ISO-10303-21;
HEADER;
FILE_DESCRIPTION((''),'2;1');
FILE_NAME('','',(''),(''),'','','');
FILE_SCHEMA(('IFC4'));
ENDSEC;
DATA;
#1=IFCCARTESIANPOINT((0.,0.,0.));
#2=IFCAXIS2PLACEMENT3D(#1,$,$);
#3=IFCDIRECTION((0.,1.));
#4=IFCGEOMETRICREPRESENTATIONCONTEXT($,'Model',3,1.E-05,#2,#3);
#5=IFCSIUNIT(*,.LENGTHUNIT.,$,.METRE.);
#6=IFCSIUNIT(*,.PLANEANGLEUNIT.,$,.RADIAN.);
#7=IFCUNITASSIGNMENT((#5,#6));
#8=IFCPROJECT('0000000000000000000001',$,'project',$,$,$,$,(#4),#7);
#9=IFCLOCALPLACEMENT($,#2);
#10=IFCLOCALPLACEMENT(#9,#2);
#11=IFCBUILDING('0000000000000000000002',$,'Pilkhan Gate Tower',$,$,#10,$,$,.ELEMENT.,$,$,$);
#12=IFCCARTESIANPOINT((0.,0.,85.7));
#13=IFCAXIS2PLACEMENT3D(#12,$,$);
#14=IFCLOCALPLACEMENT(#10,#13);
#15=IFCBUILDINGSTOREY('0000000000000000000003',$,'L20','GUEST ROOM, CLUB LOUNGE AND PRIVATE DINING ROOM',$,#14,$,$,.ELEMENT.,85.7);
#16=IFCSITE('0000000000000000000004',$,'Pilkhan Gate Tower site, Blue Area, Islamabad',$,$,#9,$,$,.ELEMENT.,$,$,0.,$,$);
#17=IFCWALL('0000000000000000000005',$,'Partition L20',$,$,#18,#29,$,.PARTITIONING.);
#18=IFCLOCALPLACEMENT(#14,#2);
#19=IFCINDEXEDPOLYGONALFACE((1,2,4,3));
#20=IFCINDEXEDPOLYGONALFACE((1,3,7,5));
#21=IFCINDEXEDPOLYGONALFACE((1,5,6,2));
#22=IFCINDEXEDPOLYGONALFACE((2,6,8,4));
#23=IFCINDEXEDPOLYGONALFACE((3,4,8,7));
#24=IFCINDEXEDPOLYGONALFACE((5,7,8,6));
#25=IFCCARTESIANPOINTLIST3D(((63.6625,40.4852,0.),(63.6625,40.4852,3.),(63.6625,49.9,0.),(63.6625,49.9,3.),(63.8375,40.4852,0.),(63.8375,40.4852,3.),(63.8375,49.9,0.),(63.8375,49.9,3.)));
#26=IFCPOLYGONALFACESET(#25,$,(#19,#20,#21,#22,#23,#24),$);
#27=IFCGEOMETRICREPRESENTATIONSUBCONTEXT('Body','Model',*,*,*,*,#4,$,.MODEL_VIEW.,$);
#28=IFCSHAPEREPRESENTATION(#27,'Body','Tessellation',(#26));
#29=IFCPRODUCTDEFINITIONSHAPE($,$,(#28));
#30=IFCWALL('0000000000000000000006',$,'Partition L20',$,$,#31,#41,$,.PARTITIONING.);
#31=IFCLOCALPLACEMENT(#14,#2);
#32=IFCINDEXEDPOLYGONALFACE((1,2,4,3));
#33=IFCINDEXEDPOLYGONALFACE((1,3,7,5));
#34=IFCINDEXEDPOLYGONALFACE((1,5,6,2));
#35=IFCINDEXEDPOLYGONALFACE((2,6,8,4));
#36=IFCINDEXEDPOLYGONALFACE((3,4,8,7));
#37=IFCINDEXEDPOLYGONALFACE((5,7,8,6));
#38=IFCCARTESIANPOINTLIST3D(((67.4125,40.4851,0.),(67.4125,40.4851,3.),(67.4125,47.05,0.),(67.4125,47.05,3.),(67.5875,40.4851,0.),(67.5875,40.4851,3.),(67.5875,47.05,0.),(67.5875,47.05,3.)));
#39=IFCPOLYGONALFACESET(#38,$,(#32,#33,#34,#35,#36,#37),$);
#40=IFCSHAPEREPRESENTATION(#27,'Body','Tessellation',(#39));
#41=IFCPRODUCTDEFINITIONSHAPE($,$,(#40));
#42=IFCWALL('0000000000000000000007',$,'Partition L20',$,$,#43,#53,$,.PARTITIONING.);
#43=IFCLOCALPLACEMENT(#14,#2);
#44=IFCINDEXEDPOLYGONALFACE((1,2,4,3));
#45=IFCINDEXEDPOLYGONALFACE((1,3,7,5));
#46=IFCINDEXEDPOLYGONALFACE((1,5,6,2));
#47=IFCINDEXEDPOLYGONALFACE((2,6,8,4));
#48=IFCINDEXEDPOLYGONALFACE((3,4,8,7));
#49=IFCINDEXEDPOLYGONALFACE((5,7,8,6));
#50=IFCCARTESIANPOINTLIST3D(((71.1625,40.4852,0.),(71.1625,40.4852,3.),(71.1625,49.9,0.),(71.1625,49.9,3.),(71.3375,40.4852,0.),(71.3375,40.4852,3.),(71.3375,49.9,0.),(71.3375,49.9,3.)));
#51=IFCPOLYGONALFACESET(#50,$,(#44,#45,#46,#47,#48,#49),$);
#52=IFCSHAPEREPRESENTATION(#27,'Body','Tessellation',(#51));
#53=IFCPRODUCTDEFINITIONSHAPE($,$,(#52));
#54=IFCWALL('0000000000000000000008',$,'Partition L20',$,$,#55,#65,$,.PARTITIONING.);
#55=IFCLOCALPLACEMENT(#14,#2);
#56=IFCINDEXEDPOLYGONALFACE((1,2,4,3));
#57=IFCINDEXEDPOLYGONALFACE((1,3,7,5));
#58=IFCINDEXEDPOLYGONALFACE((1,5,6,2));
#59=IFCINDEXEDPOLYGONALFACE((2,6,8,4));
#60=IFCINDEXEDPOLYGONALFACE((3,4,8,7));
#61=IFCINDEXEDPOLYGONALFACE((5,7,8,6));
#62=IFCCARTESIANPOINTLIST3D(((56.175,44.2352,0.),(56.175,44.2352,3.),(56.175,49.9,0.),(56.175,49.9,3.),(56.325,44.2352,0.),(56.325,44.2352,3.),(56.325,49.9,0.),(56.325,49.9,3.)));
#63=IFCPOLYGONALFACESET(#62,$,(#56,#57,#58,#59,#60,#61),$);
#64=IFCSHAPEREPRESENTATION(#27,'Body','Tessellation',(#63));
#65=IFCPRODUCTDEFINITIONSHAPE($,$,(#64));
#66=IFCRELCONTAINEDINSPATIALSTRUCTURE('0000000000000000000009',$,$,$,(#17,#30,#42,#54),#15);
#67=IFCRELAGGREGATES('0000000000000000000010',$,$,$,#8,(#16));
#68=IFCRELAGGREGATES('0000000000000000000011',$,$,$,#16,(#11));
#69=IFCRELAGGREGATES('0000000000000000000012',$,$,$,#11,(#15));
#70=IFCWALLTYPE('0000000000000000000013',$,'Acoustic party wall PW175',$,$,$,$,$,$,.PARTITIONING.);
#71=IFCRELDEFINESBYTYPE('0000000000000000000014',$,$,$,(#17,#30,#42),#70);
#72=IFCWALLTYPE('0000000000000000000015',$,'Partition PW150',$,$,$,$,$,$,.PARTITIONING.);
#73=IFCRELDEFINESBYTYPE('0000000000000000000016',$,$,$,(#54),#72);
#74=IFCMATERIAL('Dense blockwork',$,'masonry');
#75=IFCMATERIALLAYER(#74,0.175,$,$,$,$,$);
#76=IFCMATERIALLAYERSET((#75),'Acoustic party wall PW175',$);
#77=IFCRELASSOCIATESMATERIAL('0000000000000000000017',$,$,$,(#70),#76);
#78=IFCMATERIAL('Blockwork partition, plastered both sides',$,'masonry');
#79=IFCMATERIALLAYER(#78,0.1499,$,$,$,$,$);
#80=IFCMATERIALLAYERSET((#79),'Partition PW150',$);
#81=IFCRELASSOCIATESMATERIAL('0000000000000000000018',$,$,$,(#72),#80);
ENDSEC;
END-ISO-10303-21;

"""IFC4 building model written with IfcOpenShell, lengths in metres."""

from ifc_helpers import new_model, si_unit, direction, frame, frame_2d, origin, place, context, subcontext, project, spatial, rectangle, extrude, material, layer, layer_set, type_object, element, save


model = new_model("IFC4")

# Units and contexts
model_context = context("Model", 3, precision=1e-05, world=origin(), true_north=direction((0.0, 1.0)))
body_context = subcontext(model_context, "Body", "Model", "MODEL_VIEW")
ifc_project = project(units=[si_unit("LENGTHUNIT", "METRE"), si_unit("PLANEANGLEUNIT", "RADIAN")], contexts=[model_context])

# Site, building, storey
site_placement = place(None, origin())
site = spatial("IfcSite", under=ifc_project, at=site_placement, Name="Pilkhan Gate Tower site, Blue Area, Islamabad", CompositionType="ELEMENT", RefElevation=0.0)
building_placement = place(site_placement, origin())
building = spatial("IfcBuilding", under=site, at=building_placement, Name="Pilkhan Gate Tower", CompositionType="ELEMENT")
storey_placement = place(building_placement, frame((0.0, 0.0, 85.7)))
storey = spatial("IfcBuildingStorey", under=building, at=storey_placement, Name="L20", Description="GUEST ROOM, CLUB LOUNGE AND PRIVATE DINING ROOM", CompositionType="ELEMENT", Elevation=85.7)

# Walls
ifc_material_1 = material(Name="Dense blockwork", Category="masonry")
ifc_layer_1 = layer(ifc_material_1, 0.175)
ifc_layer_set_1 = layer_set([ifc_layer_1], Name="Acoustic party wall PW175")
wall_type_1 = type_object("IfcWallType", Name="Acoustic party wall PW175", PredefinedType="PARTITIONING", material=ifc_layer_set_1)
wall_1_placement = place(storey_placement, frame((63.75, 40.4851, 0.0), z_axis=(0.0, 0.0, 1.0), x_axis=(0.0, 1.0, 0.0)))
element("IfcWall", 1, at=wall_1_placement, inside=storey, type_object=wall_type_1, Name="Partition L20", PredefinedType="PARTITIONING", context=body_context, shape_type="SweptSolid", body=[
    extrude(rectangle(XDim=9.4148, YDim=0.175, at=frame_2d((4.7075, 0.0))), origin(), (0.0, 0.0, 1.0), 3.0),
])
wall_2_placement = place(storey_placement, frame((67.5, 40.4851, 0.0), z_axis=(0.0, 0.0, 1.0), x_axis=(0.0, 1.0, 0.0)))
element("IfcWall", 2, at=wall_2_placement, inside=storey, type_object=wall_type_1, Name="Partition L20", PredefinedType="PARTITIONING", context=body_context, shape_type="SweptSolid", body=[
    extrude(rectangle(XDim=6.5649, YDim=0.175, at=frame_2d((3.2825, 0.0))), origin(), (0.0, 0.0, 1.0), 3.0),
])
wall_3_placement = place(storey_placement, frame((71.25, 40.4851, 0.0), z_axis=(0.0, 0.0, 1.0), x_axis=(0.0, 1.0, 0.0)))
element("IfcWall", 3, at=wall_3_placement, inside=storey, type_object=wall_type_1, Name="Partition L20", PredefinedType="PARTITIONING", context=body_context, shape_type="SweptSolid", body=[
    extrude(rectangle(XDim=9.4148, YDim=0.175, at=frame_2d((4.7075, 0.0))), origin(), (0.0, 0.0, 1.0), 3.0),
])
ifc_material_2 = material(Name="Blockwork partition, plastered both sides", Category="masonry")
ifc_layer_2 = layer(ifc_material_2, 0.1499)
ifc_layer_set_2 = layer_set([ifc_layer_2], Name="Partition PW150")
wall_type_2 = type_object("IfcWallType", Name="Partition PW150", PredefinedType="PARTITIONING", material=ifc_layer_set_2)
wall_4_placement = place(storey_placement, frame((56.25, 44.2351, 0.0), z_axis=(0.0, 0.0, 1.0), x_axis=(0.0, 1.0, 0.0)))
element("IfcWall", 4, at=wall_4_placement, inside=storey, type_object=wall_type_2, Name="Partition L20", PredefinedType="PARTITIONING", context=body_context, shape_type="SweptSolid", body=[
    extrude(rectangle(XDim=5.6648, YDim=0.1499, at=frame_2d((2.8325, 0.0))), origin(), (0.0, 0.0, 1.0), 3.0),
])

save(model, "model.ifc")
